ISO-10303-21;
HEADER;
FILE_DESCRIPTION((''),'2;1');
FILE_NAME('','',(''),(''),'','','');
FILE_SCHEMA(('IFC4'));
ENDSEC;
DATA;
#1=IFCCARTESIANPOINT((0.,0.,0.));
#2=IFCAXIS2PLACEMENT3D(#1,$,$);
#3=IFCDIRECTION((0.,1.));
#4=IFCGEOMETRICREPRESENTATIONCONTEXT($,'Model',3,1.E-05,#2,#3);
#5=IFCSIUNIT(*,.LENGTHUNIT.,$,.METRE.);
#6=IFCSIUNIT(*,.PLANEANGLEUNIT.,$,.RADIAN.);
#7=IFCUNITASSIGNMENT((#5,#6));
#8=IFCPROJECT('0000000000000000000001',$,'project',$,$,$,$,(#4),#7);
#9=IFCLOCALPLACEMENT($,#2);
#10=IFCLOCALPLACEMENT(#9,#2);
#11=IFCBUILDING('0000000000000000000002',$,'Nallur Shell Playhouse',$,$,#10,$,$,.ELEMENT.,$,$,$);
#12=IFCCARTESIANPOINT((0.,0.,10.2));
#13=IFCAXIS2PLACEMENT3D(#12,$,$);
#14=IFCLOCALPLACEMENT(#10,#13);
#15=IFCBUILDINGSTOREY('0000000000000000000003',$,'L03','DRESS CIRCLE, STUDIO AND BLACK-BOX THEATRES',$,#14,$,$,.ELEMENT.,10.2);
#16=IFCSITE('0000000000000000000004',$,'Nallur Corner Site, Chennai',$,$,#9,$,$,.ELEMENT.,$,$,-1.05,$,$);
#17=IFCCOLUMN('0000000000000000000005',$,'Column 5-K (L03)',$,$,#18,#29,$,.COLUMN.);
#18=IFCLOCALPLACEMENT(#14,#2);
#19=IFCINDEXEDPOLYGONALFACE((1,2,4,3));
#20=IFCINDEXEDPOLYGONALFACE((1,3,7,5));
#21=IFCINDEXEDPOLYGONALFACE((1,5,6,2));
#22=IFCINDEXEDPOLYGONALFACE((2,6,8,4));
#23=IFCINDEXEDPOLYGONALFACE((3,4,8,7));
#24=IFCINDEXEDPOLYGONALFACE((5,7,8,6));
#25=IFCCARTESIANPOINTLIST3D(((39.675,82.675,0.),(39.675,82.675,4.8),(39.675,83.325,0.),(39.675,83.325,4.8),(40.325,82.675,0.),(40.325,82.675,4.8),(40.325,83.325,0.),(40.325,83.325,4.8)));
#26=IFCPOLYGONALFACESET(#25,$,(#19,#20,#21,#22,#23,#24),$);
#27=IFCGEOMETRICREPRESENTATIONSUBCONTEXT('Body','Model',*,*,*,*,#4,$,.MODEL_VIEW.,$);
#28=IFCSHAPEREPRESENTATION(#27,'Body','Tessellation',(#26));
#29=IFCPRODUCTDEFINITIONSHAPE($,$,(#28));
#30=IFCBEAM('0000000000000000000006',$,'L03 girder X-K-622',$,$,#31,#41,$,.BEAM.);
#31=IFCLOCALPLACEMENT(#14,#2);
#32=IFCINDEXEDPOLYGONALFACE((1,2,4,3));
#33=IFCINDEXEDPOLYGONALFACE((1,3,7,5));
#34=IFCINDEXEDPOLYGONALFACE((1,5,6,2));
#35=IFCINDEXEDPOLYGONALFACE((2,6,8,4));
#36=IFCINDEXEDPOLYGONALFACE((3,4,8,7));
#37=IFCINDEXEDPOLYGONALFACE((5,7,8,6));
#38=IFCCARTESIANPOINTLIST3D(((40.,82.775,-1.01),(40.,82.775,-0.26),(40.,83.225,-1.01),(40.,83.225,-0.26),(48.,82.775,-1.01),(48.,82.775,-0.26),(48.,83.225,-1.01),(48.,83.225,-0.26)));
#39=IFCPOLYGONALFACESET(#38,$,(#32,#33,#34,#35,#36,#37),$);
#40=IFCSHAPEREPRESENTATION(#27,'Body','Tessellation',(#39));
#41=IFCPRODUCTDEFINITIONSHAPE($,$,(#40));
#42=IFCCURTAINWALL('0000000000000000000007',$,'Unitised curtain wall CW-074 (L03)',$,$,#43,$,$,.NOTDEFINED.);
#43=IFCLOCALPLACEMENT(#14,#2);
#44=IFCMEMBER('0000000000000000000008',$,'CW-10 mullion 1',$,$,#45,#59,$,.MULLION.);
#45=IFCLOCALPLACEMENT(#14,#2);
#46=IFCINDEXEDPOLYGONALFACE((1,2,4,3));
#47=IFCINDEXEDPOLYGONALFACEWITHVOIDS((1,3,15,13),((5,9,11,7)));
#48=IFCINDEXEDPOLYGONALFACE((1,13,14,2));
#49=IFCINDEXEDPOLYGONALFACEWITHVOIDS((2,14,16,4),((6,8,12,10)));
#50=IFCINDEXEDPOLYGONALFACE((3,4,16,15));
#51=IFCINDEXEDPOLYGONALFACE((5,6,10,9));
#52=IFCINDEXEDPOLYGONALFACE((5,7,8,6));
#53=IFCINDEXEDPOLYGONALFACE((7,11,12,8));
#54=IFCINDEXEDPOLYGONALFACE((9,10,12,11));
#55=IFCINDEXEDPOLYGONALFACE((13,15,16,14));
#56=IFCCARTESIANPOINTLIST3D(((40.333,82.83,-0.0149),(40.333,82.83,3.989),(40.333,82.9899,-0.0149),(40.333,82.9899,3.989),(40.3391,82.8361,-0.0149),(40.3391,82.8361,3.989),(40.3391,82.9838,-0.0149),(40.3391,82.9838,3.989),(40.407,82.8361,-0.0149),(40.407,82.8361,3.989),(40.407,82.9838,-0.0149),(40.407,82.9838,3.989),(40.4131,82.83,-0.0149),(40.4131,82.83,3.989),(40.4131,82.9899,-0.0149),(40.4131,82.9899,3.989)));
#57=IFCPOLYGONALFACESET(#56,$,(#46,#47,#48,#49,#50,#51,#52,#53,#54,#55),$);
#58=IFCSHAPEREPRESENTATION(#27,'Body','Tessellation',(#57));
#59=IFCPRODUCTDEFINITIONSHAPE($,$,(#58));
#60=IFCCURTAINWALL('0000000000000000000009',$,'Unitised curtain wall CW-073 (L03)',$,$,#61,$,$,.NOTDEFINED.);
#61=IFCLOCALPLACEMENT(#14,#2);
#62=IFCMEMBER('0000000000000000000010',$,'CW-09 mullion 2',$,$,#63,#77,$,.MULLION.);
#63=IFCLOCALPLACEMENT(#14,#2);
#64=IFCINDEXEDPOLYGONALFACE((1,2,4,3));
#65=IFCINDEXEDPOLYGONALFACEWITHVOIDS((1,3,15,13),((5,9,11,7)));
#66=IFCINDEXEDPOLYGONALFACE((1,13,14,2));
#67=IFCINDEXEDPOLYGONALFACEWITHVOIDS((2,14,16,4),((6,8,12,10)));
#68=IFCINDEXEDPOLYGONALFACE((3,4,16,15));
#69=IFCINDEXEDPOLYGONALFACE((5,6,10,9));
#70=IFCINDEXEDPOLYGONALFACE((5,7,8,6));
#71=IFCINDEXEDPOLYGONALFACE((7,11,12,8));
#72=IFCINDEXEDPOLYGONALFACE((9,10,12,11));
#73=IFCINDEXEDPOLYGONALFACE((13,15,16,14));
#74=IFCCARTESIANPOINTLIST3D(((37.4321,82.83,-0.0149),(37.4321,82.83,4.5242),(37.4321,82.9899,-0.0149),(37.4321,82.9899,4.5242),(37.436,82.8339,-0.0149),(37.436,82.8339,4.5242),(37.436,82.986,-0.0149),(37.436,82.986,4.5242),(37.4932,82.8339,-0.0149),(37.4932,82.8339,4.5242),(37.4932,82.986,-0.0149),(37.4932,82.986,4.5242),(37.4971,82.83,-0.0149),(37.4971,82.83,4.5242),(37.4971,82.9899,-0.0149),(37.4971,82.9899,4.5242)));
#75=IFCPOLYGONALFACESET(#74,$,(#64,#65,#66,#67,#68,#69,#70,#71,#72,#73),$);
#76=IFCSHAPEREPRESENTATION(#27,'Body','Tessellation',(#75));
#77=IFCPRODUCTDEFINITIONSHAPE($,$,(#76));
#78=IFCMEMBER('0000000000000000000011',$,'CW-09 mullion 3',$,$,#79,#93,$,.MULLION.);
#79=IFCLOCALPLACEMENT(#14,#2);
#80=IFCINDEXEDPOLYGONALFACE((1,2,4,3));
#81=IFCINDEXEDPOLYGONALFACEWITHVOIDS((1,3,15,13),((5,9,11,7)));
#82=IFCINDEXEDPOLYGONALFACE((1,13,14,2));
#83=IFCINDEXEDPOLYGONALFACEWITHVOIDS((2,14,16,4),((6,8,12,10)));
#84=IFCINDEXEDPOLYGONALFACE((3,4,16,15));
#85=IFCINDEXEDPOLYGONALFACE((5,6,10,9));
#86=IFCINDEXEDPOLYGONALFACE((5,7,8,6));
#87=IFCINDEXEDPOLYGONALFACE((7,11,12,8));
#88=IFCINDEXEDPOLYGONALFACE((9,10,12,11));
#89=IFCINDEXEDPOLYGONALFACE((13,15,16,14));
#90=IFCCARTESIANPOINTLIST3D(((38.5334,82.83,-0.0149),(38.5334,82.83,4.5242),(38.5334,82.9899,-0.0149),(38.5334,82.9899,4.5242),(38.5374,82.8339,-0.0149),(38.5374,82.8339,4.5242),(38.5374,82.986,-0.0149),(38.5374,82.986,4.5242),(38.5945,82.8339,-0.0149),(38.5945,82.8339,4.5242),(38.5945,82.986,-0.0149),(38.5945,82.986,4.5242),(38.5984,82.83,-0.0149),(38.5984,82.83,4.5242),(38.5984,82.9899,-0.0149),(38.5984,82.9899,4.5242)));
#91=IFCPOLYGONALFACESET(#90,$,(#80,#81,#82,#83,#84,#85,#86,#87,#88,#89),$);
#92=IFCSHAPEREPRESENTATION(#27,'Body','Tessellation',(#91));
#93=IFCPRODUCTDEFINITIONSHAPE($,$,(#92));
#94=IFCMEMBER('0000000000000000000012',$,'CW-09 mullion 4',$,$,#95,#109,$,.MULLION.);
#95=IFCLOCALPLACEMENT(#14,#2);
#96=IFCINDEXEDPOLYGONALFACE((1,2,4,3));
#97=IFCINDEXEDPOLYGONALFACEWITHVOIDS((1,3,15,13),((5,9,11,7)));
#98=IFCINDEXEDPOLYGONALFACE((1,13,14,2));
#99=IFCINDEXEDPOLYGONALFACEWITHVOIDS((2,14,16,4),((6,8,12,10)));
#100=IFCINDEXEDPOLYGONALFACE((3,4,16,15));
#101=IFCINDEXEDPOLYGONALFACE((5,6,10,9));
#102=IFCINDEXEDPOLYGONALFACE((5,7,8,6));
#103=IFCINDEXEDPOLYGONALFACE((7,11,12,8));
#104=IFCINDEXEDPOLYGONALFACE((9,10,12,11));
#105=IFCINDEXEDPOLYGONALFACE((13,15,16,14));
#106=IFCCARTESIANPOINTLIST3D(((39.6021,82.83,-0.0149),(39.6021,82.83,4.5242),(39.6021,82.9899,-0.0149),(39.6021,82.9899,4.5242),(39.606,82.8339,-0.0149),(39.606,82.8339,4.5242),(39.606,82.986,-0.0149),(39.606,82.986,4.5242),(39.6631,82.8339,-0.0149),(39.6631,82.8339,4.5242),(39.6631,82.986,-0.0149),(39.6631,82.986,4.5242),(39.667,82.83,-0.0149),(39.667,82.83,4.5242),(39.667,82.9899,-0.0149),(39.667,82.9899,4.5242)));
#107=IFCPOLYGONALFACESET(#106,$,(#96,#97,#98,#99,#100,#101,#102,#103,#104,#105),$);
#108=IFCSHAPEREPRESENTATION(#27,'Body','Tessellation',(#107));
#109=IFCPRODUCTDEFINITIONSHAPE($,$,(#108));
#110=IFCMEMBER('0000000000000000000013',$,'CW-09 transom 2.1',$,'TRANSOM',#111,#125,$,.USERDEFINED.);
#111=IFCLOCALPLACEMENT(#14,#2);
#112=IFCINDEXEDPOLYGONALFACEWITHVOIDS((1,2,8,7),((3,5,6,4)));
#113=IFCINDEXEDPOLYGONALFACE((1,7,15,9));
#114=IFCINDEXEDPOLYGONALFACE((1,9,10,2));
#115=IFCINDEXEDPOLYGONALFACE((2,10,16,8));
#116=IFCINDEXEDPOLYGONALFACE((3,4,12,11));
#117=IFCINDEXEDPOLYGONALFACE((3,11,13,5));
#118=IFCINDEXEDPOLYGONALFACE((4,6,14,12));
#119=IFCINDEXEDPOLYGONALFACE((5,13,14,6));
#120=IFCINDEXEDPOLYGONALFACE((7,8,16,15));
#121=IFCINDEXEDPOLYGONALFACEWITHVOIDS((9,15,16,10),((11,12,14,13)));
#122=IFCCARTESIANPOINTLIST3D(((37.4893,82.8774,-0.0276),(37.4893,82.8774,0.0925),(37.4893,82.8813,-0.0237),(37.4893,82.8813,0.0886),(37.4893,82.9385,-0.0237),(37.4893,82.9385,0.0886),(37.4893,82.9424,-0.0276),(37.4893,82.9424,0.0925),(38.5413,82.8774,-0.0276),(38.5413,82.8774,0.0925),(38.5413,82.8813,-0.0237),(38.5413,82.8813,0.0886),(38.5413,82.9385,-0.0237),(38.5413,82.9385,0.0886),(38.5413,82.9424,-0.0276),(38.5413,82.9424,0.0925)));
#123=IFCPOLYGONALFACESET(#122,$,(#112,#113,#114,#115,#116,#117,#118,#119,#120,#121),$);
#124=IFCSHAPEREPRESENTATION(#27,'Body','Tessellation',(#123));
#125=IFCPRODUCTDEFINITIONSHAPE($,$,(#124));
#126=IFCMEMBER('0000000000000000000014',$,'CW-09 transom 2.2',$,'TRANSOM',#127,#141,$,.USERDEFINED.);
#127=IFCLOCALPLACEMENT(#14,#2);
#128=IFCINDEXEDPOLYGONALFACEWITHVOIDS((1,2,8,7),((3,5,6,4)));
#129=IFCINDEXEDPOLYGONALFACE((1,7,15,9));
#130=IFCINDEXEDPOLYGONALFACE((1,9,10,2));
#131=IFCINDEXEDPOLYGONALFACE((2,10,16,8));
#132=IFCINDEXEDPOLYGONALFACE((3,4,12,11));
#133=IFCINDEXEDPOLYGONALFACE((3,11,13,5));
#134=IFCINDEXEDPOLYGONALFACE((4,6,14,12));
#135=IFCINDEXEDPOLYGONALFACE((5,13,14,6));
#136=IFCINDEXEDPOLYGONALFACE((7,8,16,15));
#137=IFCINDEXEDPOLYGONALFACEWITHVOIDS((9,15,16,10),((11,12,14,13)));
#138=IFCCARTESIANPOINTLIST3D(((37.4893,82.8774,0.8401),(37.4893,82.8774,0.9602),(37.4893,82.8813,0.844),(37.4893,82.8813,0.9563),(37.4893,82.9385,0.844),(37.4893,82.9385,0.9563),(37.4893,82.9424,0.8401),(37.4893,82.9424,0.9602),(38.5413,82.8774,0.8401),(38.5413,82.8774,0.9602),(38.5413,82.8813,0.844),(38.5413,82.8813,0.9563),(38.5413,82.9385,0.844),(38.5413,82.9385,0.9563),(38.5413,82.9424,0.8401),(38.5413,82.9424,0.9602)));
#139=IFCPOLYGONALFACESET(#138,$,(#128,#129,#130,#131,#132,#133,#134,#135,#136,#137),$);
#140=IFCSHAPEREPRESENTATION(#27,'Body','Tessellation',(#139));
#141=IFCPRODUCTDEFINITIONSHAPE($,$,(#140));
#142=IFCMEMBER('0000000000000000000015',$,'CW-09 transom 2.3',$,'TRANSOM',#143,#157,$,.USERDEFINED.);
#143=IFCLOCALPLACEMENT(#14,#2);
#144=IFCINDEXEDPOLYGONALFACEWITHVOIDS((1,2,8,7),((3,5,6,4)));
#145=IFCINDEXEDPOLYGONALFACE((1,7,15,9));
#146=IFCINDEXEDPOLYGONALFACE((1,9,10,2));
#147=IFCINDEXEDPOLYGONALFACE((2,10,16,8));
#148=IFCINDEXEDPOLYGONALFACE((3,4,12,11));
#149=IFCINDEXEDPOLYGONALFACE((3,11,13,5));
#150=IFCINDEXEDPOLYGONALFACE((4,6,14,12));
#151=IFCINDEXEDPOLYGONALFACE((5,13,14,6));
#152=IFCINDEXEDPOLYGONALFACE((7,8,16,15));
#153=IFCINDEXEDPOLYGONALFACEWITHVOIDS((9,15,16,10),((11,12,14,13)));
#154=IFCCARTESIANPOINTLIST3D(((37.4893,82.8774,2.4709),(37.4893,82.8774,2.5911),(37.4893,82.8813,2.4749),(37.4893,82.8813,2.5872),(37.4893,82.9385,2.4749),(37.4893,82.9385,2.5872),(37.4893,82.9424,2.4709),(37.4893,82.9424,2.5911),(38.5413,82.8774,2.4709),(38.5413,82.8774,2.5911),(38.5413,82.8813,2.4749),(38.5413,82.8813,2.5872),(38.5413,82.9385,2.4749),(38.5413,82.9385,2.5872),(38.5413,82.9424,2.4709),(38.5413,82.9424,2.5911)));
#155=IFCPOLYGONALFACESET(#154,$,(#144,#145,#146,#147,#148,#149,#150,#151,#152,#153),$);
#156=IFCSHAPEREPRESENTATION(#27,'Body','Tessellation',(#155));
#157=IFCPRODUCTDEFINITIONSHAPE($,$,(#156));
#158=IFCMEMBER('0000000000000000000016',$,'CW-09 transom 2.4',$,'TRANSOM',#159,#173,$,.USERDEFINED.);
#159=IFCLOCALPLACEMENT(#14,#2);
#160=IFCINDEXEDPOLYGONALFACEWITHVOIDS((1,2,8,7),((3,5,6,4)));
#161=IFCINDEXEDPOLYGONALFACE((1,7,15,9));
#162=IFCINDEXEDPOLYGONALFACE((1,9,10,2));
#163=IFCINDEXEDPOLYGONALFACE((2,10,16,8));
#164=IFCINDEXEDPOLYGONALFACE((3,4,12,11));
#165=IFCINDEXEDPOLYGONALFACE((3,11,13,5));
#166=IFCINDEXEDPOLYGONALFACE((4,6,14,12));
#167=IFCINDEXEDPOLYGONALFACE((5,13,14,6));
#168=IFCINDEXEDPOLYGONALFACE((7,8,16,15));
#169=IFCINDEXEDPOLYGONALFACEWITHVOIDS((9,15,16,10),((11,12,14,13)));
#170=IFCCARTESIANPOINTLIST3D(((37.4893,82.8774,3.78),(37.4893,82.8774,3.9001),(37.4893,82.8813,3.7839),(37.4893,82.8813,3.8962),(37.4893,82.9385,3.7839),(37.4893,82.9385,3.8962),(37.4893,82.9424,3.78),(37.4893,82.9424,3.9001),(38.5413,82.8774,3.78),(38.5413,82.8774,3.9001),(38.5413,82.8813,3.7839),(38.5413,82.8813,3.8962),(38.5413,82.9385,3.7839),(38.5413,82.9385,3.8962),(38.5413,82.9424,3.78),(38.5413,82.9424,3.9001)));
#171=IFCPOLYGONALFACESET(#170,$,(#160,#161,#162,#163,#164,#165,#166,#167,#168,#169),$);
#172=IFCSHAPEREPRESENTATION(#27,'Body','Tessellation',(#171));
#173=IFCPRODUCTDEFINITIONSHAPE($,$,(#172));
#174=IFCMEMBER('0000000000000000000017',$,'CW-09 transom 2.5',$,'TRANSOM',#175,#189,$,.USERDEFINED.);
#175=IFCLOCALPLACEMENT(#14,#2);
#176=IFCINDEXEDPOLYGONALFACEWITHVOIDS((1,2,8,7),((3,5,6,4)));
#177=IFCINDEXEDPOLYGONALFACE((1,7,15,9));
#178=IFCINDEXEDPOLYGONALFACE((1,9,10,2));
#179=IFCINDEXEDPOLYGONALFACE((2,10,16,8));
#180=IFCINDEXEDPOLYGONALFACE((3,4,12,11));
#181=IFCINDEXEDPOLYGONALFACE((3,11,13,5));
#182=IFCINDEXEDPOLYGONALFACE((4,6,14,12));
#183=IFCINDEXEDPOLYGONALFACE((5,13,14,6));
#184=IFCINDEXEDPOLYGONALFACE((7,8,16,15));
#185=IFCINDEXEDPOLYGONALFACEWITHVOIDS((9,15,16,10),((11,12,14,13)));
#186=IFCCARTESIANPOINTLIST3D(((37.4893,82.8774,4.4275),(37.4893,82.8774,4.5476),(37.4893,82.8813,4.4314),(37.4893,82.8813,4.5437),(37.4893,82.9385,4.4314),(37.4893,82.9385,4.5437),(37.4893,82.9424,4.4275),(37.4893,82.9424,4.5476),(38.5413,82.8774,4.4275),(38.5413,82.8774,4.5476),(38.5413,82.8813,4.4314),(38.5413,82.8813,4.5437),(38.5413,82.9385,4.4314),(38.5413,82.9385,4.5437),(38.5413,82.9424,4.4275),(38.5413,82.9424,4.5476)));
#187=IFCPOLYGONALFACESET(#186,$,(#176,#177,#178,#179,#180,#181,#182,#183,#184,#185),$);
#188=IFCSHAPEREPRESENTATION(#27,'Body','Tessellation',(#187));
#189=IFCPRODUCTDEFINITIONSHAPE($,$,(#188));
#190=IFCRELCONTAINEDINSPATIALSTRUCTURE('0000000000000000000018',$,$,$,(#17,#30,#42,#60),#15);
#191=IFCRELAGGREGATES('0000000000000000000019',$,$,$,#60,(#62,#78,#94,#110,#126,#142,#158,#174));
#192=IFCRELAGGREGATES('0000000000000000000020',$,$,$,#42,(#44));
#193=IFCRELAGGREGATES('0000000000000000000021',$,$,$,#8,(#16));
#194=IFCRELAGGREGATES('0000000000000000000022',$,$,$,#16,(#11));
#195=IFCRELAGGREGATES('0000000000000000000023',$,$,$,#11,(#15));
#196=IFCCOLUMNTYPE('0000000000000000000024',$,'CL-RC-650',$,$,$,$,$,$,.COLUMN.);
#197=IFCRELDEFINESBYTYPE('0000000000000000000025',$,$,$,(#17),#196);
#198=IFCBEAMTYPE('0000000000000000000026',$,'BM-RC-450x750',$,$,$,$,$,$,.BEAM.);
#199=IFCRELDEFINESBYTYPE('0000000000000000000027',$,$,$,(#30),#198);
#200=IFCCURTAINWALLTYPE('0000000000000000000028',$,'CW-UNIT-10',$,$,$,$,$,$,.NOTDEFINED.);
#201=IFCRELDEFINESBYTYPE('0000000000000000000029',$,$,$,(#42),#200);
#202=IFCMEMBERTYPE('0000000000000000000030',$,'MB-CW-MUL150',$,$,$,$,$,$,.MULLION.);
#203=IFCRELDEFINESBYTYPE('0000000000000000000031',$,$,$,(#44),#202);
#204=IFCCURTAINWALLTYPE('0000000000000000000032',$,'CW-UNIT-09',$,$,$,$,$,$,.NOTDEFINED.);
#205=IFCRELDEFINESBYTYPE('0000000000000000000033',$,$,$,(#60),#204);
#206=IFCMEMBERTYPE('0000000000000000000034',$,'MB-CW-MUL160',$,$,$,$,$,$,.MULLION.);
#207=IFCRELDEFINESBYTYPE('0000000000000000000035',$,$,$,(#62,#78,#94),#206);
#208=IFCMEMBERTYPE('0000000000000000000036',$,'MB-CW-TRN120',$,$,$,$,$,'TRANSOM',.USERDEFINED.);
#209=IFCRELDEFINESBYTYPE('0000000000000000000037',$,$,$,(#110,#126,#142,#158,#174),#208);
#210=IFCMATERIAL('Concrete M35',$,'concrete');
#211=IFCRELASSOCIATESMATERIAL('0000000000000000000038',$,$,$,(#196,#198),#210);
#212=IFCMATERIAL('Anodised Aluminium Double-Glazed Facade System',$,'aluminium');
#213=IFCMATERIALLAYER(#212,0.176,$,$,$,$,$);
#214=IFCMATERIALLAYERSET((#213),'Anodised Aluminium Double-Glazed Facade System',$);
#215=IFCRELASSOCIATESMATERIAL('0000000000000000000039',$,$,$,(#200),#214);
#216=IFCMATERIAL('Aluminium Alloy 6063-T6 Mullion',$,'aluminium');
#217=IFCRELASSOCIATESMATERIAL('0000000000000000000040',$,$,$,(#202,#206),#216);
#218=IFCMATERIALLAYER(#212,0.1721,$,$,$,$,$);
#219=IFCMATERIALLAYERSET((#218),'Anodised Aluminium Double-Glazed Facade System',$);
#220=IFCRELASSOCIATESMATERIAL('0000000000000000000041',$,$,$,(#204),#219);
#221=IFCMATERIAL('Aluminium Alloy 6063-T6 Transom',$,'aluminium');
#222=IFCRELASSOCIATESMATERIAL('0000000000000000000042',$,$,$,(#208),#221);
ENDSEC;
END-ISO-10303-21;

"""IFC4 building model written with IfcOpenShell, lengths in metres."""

from ifc_helpers import new_model, si_unit, direction, frame, origin, origin_2d, place, context, subcontext, project, spatial, rectangle, hollow_rectangle, extrude, material, layer, layer_set, material_profile, profile_set, type_object, element, aggregate, save


model = new_model("IFC4")

# Units and contexts
model_context = context("Model", 3, precision=1e-05, world=origin(), true_north=direction((0.0, 1.0)))
body_context = subcontext(model_context, "Body", "Model", "MODEL_VIEW")
ifc_project = project(units=[si_unit("LENGTHUNIT", "METRE"), si_unit("PLANEANGLEUNIT", "RADIAN")], contexts=[model_context])

# Site, building, storey
site_placement = place(None, origin())
site = spatial("IfcSite", under=ifc_project, at=site_placement, Name="Nallur Corner Site, Chennai", CompositionType="ELEMENT", RefElevation=-1.05)
building_placement = place(site_placement, origin())
building = spatial("IfcBuilding", under=site, at=building_placement, Name="Nallur Shell Playhouse", CompositionType="ELEMENT")
storey_placement = place(building_placement, frame((0.0, 0.0, 10.2)))
storey = spatial("IfcBuildingStorey", under=building, at=storey_placement, Name="L03", Description="DRESS CIRCLE, STUDIO AND BLACK-BOX THEATRES", CompositionType="ELEMENT", Elevation=10.2)

# Column
ifc_material_1 = material(Name="Concrete M35", Category="concrete")
ifc_material_profile_1 = material_profile(ifc_material_1, rectangle(XDim=0.6499, YDim=0.6499, at=origin_2d()), Name="RC 650x650")
ifc_profile_set_1 = profile_set([ifc_material_profile_1], Name="Concrete M35")
column_type = type_object("IfcColumnType", Name="CL-RC-650", PredefinedType="COLUMN", material=ifc_profile_set_1)
column_placement = place(storey_placement, frame((40.0, 83.0, 0.0), z_axis=(0.0, 0.0, 1.0), x_axis=(1.0, 0.0, 0.0)))
element("IfcColumn", 1, at=column_placement, inside=storey, type_object=column_type, Name="Column 5-K (L03)", PredefinedType="COLUMN", context=body_context, shape_type="SweptSolid", body=[
    extrude(rectangle(XDim=0.6499, YDim=0.6499, at=origin_2d()), origin(), (0.0, 0.0, 1.0), 4.8),
])

# Beam
ifc_material_profile_2 = material_profile(ifc_material_1, rectangle(XDim=0.45, YDim=0.75, at=origin_2d()), Name="RC 450x750")
ifc_profile_set_2 = profile_set([ifc_material_profile_2], Name="Concrete M35")
beam_type = type_object("IfcBeamType", Name="BM-RC-450x750", PredefinedType="BEAM", material=ifc_profile_set_2)
beam_placement = place(storey_placement, frame((40.0, 83.0, -0.635), z_axis=(1.0, 0.0, 0.0), x_axis=(0.0, 1.0, 0.0)))
element("IfcBeam", 2, at=beam_placement, inside=storey, type_object=beam_type, Name="L03 girder X-K-622", PredefinedType="BEAM", context=body_context, shape_type="SweptSolid", body=[
    extrude(rectangle(XDim=0.45, YDim=0.75, at=origin_2d()), origin(), (0.0, 0.0, 1.0), 8.0),
])

# Curtain wall, member
ifc_material_2 = material(Name="Anodised Aluminium Double-Glazed Facade System", Category="aluminium")
ifc_layer_1 = layer(ifc_material_2, 0.176)
ifc_layer_set_1 = layer_set([ifc_layer_1], Name="Anodised Aluminium Double-Glazed Facade System")
curtain_wall_type_1 = type_object("IfcCurtainWallType", Name="CW-UNIT-10", PredefinedType="NOTDEFINED", material=ifc_layer_set_1)
curtain_wall_1_placement = place(storey_placement, origin())
curtain_wall_1 = element("IfcCurtainWall", 3, at=curtain_wall_1_placement, inside=storey, type_object=curtain_wall_type_1, Name="Unitised curtain wall CW-074 (L03)", PredefinedType="NOTDEFINED")
ifc_material_3 = material(Name="Aluminium Alloy 6063-T6 Mullion", Category="aluminium")
ifc_material_profile_3 = material_profile(ifc_material_3, hollow_rectangle(XDim=0.0801, YDim=0.1599, WallThickness=0.0061, at=origin_2d()), Name="RHS 160x80x6")
ifc_profile_set_3 = profile_set([ifc_material_profile_3], Name="Aluminium Alloy 6063-T6 Mullion")
member_type_1 = type_object("IfcMemberType", Name="MB-CW-MUL150", PredefinedType="MULLION", material=ifc_profile_set_3)
member_1_placement = place(storey_placement, frame((40.373, 82.9099, -0.0149), z_axis=(0.0, 0.0, 1.0), x_axis=(1.0, 0.0, 0.0)))
member_1 = element("IfcMember", 4, at=member_1_placement, type_object=member_type_1, Name="CW-10 mullion 1", PredefinedType="MULLION", context=body_context, shape_type="SweptSolid", body=[
    extrude(hollow_rectangle(XDim=0.0801, YDim=0.1599, WallThickness=0.0061, at=origin_2d()), origin(), (0.0, 0.0, 1.0), 4.0039),
])

# Curtain wall, members
ifc_layer_2 = layer(ifc_material_2, 0.1721)
ifc_layer_set_2 = layer_set([ifc_layer_2], Name="Anodised Aluminium Double-Glazed Facade System")
curtain_wall_type_2 = type_object("IfcCurtainWallType", Name="CW-UNIT-09", PredefinedType="NOTDEFINED", material=ifc_layer_set_2)
curtain_wall_2_placement = place(storey_placement, origin())
curtain_wall_2 = element("IfcCurtainWall", 5, at=curtain_wall_2_placement, inside=storey, type_object=curtain_wall_type_2, Name="Unitised curtain wall CW-073 (L03)", PredefinedType="NOTDEFINED")
ifc_material_profile_4 = material_profile(ifc_material_3, hollow_rectangle(XDim=0.0649, YDim=0.1599, WallThickness=0.0039, at=origin_2d()), Name="ALU 65x160x4")
ifc_profile_set_4 = profile_set([ifc_material_profile_4], Name="Aluminium Alloy 6063-T6 Mullion")
member_type_2 = type_object("IfcMemberType", Name="MB-CW-MUL160", PredefinedType="MULLION", material=ifc_profile_set_4)
member_2_placement = place(storey_placement, frame((37.4646, 82.9099, -0.0149), z_axis=(0.0, 0.0, 1.0), x_axis=(1.0, 0.0, 0.0)))
member_2 = element("IfcMember", 6, at=member_2_placement, type_object=member_type_2, Name="CW-09 mullion 2", PredefinedType="MULLION", context=body_context, shape_type="SweptSolid", body=[
    extrude(hollow_rectangle(XDim=0.0649, YDim=0.1599, WallThickness=0.0039, at=origin_2d()), origin(), (0.0, 0.0, 1.0), 4.5391),
])
member_3_placement = place(storey_placement, frame((38.5659, 82.9099, -0.0149), z_axis=(0.0, 0.0, 1.0), x_axis=(1.0, 0.0, 0.0)))
member_3 = element("IfcMember", 7, at=member_3_placement, type_object=member_type_2, Name="CW-09 mullion 3", PredefinedType="MULLION", context=body_context, shape_type="SweptSolid", body=[
    extrude(hollow_rectangle(XDim=0.0649, YDim=0.1599, WallThickness=0.0039, at=origin_2d()), origin(), (0.0, 0.0, 1.0), 4.5391),
])
member_4_placement = place(storey_placement, frame((39.6345, 82.9099, -0.0149), z_axis=(0.0, 0.0, 1.0), x_axis=(1.0, 0.0, 0.0)))
member_4 = element("IfcMember", 8, at=member_4_placement, type_object=member_type_2, Name="CW-09 mullion 4", PredefinedType="MULLION", context=body_context, shape_type="SweptSolid", body=[
    extrude(hollow_rectangle(XDim=0.0649, YDim=0.1599, WallThickness=0.0039, at=origin_2d()), origin(), (0.0, 0.0, 1.0), 4.5391),
])
ifc_material_4 = material(Name="Aluminium Alloy 6063-T6 Transom", Category="aluminium")
ifc_material_profile_5 = material_profile(ifc_material_4, hollow_rectangle(XDim=0.0649, YDim=0.1201, WallThickness=0.0039, at=origin_2d()), Name="ALU 65x120x4")
ifc_profile_set_5 = profile_set([ifc_material_profile_5], Name="Aluminium Alloy 6063-T6 Transom")
member_type_3 = type_object("IfcMemberType", Name="MB-CW-TRN120", ElementType="TRANSOM", PredefinedType="USERDEFINED", material=ifc_profile_set_5)
member_5_placement = place(storey_placement, frame((37.4893, 82.9099, 0.0325), z_axis=(1.0, 0.0, 0.0), x_axis=(0.0, 1.0, 0.0)))
member_5 = element("IfcMember", 9, at=member_5_placement, type_object=member_type_3, Name="CW-09 transom 2.1", ObjectType="TRANSOM", PredefinedType="USERDEFINED", context=body_context, shape_type="SweptSolid", body=[
    extrude(hollow_rectangle(XDim=0.0649, YDim=0.1201, WallThickness=0.0039, at=origin_2d()), origin(), (0.0, 0.0, 1.0), 1.052),
])
member_6_placement = place(storey_placement, frame((37.4893, 82.9099, 0.9001), z_axis=(1.0, 0.0, 0.0), x_axis=(0.0, 1.0, 0.0)))
member_6 = element("IfcMember", 10, at=member_6_placement, type_object=member_type_3, Name="CW-09 transom 2.2", ObjectType="TRANSOM", PredefinedType="USERDEFINED", context=body_context, shape_type="SweptSolid", body=[
    extrude(hollow_rectangle(XDim=0.0649, YDim=0.1201, WallThickness=0.0039, at=origin_2d()), origin(), (0.0, 0.0, 1.0), 1.052),
])
member_7_placement = place(storey_placement, frame((37.4893, 82.9099, 2.531), z_axis=(1.0, 0.0, 0.0), x_axis=(0.0, 1.0, 0.0)))
member_7 = element("IfcMember", 11, at=member_7_placement, type_object=member_type_3, Name="CW-09 transom 2.3", ObjectType="TRANSOM", PredefinedType="USERDEFINED", context=body_context, shape_type="SweptSolid", body=[
    extrude(hollow_rectangle(XDim=0.0649, YDim=0.1201, WallThickness=0.0039, at=origin_2d()), origin(), (0.0, 0.0, 1.0), 1.052),
])
member_8_placement = place(storey_placement, frame((37.4893, 82.9099, 3.8401), z_axis=(1.0, 0.0, 0.0), x_axis=(0.0, 1.0, 0.0)))
member_8 = element("IfcMember", 12, at=member_8_placement, type_object=member_type_3, Name="CW-09 transom 2.4", ObjectType="TRANSOM", PredefinedType="USERDEFINED", context=body_context, shape_type="SweptSolid", body=[
    extrude(hollow_rectangle(XDim=0.0649, YDim=0.1201, WallThickness=0.0039, at=origin_2d()), origin(), (0.0, 0.0, 1.0), 1.052),
])
member_9_placement = place(storey_placement, frame((37.4893, 82.9099, 4.4875), z_axis=(1.0, 0.0, 0.0), x_axis=(0.0, 1.0, 0.0)))
member_9 = element("IfcMember", 13, at=member_9_placement, type_object=member_type_3, Name="CW-09 transom 2.5", ObjectType="TRANSOM", PredefinedType="USERDEFINED", context=body_context, shape_type="SweptSolid", body=[
    extrude(hollow_rectangle(XDim=0.0649, YDim=0.1201, WallThickness=0.0039, at=origin_2d()), origin(), (0.0, 0.0, 1.0), 1.052),
])

aggregate(curtain_wall_2, [member_2, member_3, member_4, member_5, member_6, member_7, member_8, member_9])
aggregate(curtain_wall_1, [member_1])

save(model, "model.ifc")
